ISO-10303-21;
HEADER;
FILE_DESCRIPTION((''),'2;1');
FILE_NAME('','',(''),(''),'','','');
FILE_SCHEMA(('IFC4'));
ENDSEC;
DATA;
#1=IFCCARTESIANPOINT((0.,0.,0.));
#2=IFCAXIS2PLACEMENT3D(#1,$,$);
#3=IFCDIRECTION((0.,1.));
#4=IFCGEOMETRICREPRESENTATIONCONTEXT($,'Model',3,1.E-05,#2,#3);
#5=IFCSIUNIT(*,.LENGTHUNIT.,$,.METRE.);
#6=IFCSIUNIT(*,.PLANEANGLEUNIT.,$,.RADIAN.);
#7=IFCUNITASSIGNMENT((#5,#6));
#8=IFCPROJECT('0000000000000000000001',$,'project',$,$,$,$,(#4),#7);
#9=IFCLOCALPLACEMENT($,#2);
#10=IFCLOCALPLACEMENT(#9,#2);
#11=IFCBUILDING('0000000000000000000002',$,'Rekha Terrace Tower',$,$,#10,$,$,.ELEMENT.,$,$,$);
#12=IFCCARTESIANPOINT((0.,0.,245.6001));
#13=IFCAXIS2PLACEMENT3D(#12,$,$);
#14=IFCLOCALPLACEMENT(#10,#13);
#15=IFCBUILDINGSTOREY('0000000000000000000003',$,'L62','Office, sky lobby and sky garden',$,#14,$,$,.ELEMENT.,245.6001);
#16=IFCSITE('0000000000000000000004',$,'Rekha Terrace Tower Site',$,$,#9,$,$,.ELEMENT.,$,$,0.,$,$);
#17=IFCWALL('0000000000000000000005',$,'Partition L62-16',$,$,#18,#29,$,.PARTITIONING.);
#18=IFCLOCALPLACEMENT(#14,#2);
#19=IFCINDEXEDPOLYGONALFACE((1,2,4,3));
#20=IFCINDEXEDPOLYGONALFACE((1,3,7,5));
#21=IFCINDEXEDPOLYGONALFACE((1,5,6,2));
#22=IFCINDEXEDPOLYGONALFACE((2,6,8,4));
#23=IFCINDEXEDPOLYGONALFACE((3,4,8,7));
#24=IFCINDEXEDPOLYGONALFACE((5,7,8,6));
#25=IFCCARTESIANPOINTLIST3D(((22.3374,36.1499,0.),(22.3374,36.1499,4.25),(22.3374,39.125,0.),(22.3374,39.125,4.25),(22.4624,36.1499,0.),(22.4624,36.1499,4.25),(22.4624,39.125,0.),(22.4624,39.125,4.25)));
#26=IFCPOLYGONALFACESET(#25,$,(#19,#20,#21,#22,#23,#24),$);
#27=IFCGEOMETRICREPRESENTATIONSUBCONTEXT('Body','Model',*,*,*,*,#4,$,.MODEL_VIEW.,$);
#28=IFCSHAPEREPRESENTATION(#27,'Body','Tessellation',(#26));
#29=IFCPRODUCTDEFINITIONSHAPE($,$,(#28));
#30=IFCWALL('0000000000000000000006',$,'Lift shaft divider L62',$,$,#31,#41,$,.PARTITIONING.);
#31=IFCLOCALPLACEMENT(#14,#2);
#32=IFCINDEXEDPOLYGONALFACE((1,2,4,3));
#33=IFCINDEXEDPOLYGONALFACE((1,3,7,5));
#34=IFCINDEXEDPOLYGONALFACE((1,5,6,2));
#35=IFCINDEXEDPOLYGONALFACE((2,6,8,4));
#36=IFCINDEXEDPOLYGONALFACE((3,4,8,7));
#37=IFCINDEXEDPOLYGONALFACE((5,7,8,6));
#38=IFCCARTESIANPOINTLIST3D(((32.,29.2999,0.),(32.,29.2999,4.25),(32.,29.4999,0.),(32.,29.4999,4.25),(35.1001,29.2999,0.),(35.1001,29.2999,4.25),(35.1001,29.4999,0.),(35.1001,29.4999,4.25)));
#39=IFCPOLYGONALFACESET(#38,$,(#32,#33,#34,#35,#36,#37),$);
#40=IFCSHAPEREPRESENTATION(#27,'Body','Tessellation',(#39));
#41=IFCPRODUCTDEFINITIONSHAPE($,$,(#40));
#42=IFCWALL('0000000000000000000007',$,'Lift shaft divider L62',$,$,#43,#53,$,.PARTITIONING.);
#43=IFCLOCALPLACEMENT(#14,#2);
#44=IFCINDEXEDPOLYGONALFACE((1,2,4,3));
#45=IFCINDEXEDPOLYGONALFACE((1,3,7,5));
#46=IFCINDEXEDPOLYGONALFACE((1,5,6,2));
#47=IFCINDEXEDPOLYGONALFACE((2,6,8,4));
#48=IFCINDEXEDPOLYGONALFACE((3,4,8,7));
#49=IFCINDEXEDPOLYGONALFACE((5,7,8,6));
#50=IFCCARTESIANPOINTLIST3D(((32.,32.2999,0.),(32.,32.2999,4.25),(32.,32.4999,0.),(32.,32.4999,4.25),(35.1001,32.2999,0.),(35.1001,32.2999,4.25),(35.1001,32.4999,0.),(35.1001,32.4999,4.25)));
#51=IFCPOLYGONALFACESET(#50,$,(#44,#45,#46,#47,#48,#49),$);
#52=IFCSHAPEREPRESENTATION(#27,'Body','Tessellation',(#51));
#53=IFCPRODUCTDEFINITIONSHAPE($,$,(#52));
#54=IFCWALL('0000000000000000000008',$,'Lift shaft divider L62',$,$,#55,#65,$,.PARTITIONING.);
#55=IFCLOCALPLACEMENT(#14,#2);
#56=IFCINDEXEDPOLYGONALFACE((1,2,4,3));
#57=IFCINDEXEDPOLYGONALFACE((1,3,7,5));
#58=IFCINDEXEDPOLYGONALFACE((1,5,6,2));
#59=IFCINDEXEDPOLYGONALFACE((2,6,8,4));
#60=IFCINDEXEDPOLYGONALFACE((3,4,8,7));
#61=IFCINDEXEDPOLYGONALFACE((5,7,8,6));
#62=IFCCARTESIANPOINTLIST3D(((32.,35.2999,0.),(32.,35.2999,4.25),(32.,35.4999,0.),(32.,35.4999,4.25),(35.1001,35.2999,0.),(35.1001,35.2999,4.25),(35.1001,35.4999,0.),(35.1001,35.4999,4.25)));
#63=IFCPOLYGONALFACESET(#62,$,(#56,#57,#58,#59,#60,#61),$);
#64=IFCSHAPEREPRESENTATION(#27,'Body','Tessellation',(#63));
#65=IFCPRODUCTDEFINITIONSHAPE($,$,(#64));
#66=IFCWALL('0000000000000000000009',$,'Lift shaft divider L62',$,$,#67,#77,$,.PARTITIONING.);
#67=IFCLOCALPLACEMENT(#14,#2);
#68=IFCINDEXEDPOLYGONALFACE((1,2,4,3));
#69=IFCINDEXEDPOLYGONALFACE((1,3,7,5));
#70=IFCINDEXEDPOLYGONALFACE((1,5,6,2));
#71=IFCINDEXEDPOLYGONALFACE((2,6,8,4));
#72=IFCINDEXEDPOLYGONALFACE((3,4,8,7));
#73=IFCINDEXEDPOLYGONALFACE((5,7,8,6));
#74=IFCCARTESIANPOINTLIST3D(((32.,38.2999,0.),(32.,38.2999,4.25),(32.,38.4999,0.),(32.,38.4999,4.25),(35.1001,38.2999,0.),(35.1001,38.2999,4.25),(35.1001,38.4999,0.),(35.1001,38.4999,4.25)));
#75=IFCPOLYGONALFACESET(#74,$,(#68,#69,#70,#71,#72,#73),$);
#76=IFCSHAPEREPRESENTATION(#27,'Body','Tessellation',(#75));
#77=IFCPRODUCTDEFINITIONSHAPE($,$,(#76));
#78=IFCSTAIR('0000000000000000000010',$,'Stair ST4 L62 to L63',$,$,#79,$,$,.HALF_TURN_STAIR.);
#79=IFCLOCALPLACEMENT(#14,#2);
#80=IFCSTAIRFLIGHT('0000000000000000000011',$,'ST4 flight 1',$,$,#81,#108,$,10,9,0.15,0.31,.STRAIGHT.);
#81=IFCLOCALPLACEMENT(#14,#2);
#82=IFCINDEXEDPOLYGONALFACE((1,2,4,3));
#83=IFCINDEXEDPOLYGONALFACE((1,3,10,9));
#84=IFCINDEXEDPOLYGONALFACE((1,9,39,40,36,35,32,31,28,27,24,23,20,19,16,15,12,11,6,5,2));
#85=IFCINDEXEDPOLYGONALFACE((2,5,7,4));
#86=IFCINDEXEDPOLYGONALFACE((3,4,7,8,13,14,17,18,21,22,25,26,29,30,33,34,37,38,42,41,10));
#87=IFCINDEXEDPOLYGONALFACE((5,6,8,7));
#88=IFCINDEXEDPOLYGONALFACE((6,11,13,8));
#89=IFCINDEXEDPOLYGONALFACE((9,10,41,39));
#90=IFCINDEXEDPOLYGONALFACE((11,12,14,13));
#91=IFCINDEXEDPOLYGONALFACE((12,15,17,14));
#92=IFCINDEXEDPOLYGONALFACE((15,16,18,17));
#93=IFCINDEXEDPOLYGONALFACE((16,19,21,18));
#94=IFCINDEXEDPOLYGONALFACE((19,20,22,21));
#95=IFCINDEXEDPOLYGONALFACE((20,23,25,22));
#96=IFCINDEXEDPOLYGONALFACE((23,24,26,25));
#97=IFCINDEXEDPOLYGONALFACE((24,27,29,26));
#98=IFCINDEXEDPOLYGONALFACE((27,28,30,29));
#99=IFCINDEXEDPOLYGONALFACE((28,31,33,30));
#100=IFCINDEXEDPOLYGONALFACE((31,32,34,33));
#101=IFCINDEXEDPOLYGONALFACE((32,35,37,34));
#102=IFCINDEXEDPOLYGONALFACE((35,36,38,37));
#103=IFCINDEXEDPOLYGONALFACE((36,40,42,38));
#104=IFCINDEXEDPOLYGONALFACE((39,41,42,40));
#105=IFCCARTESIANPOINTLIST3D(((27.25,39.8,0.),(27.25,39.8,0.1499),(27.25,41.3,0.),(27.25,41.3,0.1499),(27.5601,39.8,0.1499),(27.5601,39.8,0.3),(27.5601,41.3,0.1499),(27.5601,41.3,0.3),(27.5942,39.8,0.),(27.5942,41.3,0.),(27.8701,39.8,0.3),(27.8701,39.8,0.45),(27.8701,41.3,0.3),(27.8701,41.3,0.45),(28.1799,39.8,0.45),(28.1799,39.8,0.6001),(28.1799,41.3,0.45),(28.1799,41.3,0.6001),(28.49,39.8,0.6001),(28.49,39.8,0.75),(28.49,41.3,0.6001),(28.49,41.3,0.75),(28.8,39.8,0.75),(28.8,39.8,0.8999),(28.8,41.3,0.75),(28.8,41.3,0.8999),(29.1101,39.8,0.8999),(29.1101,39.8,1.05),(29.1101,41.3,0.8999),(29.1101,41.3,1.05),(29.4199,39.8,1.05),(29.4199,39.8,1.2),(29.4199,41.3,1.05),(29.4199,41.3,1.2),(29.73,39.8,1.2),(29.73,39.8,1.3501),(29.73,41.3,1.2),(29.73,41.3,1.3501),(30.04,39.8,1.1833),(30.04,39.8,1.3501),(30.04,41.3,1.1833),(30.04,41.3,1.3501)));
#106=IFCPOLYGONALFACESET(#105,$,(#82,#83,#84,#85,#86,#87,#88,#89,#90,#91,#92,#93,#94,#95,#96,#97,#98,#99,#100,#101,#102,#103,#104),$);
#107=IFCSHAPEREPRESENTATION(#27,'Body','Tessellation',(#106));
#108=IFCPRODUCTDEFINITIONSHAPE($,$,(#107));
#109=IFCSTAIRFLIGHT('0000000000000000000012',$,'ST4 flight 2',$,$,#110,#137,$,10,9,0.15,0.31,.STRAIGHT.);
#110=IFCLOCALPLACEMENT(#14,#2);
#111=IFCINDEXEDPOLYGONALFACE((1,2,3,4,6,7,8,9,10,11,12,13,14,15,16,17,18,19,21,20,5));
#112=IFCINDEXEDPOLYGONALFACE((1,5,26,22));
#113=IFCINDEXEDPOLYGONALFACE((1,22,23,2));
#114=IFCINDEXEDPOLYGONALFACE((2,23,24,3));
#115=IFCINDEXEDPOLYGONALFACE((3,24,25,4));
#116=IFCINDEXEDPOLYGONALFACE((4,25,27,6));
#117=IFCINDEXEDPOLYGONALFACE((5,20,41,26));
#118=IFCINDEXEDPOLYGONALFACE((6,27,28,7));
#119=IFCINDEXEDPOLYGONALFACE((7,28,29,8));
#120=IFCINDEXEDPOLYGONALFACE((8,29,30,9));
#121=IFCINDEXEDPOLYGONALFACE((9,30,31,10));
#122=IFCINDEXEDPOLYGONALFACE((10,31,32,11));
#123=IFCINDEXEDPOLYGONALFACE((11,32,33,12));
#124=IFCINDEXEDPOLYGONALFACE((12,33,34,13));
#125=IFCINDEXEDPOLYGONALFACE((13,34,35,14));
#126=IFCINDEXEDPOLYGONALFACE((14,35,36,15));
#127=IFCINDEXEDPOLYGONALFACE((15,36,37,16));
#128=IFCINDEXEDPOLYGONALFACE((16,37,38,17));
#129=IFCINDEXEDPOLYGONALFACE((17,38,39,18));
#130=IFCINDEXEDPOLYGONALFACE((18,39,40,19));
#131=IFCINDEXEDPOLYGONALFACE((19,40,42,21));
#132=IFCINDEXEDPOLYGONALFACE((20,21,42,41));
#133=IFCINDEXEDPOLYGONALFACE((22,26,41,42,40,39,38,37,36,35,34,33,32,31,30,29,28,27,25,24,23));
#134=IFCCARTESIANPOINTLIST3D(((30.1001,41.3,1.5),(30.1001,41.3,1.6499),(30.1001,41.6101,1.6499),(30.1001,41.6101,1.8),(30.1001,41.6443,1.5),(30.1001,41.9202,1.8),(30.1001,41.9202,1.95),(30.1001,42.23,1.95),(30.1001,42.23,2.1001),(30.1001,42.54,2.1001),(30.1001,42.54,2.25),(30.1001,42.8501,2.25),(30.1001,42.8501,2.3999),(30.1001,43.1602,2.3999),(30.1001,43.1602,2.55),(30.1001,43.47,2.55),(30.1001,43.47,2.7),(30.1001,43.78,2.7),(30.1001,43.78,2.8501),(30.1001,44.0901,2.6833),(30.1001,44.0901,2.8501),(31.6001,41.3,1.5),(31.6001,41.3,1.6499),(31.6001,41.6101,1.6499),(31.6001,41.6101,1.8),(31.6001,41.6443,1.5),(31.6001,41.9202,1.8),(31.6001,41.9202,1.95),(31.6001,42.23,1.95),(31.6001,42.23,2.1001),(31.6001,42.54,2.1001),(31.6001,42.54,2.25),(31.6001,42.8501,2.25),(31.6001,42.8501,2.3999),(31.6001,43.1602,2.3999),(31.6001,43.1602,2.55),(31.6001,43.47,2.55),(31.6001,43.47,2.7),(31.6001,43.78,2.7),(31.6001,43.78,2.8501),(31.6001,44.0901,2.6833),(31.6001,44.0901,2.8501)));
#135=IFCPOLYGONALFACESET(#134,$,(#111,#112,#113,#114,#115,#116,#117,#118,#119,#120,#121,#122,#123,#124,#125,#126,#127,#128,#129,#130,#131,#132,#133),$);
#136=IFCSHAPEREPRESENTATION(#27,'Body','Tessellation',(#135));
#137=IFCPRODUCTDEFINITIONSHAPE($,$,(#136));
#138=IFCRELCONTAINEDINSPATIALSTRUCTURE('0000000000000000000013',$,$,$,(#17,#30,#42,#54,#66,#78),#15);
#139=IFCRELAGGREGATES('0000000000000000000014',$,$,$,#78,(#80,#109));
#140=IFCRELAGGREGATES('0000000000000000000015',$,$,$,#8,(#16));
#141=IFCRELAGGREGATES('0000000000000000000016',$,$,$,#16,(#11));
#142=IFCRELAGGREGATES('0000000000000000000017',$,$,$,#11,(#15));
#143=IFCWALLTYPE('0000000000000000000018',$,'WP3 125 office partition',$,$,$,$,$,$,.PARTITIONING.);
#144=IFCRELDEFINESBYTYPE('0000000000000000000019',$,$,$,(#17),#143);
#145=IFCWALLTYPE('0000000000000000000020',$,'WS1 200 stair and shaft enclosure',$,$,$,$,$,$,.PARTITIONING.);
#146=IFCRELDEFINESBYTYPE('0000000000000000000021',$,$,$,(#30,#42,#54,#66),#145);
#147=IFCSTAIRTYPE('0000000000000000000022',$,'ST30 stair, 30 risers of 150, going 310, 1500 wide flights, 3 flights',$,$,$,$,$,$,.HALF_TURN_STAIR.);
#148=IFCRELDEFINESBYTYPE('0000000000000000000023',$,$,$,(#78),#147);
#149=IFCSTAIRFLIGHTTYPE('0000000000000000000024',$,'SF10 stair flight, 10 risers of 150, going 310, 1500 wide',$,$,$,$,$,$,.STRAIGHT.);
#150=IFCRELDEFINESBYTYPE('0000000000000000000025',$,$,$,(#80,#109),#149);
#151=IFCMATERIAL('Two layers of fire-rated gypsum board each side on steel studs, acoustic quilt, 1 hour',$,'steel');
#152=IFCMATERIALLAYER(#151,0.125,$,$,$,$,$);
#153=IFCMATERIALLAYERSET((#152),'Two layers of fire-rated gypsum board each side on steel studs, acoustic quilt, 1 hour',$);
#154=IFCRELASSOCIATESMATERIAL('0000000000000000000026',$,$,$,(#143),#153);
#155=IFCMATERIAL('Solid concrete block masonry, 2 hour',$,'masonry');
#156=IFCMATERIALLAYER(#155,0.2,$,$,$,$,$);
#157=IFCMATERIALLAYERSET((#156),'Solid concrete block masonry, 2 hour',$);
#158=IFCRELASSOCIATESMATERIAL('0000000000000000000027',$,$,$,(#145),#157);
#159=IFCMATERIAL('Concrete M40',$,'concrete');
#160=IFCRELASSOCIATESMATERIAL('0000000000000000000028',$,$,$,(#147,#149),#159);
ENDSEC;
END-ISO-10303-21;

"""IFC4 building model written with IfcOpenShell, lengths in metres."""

from ifc_helpers import new_model, si_unit, direction, frame, frame_2d, origin, place, context, subcontext, project, spatial, polyline, rectangle, outline, extrude, material, layer, layer_set, type_object, element, aggregate, save


model = new_model("IFC4")

# Units and contexts
model_context = context("Model", 3, precision=1e-05, world=origin(), true_north=direction((0.0, 1.0)))
body_context = subcontext(model_context, "Body", "Model", "MODEL_VIEW")
ifc_project = project(units=[si_unit("LENGTHUNIT", "METRE"), si_unit("PLANEANGLEUNIT", "RADIAN")], contexts=[model_context])

# Site, building, storey
site_placement = place(None, origin())
site = spatial("IfcSite", under=ifc_project, at=site_placement, Name="Rekha Terrace Tower Site", CompositionType="ELEMENT", RefElevation=0.0)
building_placement = place(site_placement, origin())
building = spatial("IfcBuilding", under=site, at=building_placement, Name="Rekha Terrace Tower", CompositionType="ELEMENT")
storey_placement = place(building_placement, frame((0.0, 0.0, 245.6001)))
storey = spatial("IfcBuildingStorey", under=building, at=storey_placement, Name="L62", Description="Office, sky lobby and sky garden", CompositionType="ELEMENT", Elevation=245.6001)

# Shared definitions
ifc_material_1 = material(Name="Two layers of fire-rated gypsum board each side on steel studs, acoustic quilt, 1 hour", Category="steel")
ifc_layer_1 = layer(ifc_material_1, 0.125)
ifc_layer_set_1 = layer_set([ifc_layer_1], Name="Two layers of fire-rated gypsum board each side on steel studs, acoustic quilt, 1 hour")
wall_type_1 = type_object("IfcWallType", Name="WP3 125 office partition", PredefinedType="PARTITIONING", material=ifc_layer_set_1)

# Walls
wall_1_placement = place(storey_placement, frame((22.3999, 39.125, 0.0), z_axis=(0.0, 0.0, 1.0), x_axis=(0.0, -1.0, 0.0)))
element("IfcWall", 1, at=wall_1_placement, inside=storey, type_object=wall_type_1, Name="Partition L62-16", PredefinedType="PARTITIONING", context=body_context, shape_type="SweptSolid", body=[
    extrude(rectangle(XDim=2.9751, YDim=0.125, at=frame_2d((1.4875, 0.0))), origin(), (0.0, 0.0, 1.0), 4.25),
])
ifc_material_2 = material(Name="Solid concrete block masonry, 2 hour", Category="masonry")
ifc_layer_2 = layer(ifc_material_2, 0.2)
ifc_layer_set_2 = layer_set([ifc_layer_2], Name="Solid concrete block masonry, 2 hour")
wall_type_2 = type_object("IfcWallType", Name="WS1 200 stair and shaft enclosure", PredefinedType="PARTITIONING", material=ifc_layer_set_2)
for number, where, z_axis, x_axis, name in (
    (2, (32.0, 29.3999, 0.0), (0.0, 0.0, 1.0), (1.0, 0.0, 0.0), "Lift shaft divider L62"),
    (3, (32.0, 32.3999, 0.0), (0.0, 0.0, 1.0), (1.0, 0.0, 0.0), "Lift shaft divider L62"),
    (4, (32.0, 35.3999, 0.0), (0.0, 0.0, 1.0), (1.0, 0.0, 0.0), "Lift shaft divider L62"),
    (5, (32.0, 38.3999, 0.0), (0.0, 0.0, 1.0), (1.0, 0.0, 0.0), "Lift shaft divider L62"),
):
    element("IfcWall", number, at=place(storey_placement, frame(where, z_axis=z_axis, x_axis=x_axis)), inside=storey, type_object=wall_type_2, Name=name, PredefinedType="PARTITIONING", context=body_context, shape_type="SweptSolid", body=[
        extrude(rectangle(XDim=3.1001, YDim=0.2, at=frame_2d((1.55, 0.0))), origin(), (0.0, 0.0, 1.0), 4.25),
    ])

# Stair, stair flights
ifc_material_3 = material(Name="Concrete M40", Category="concrete")
stair_type = type_object("IfcStairType", Name="ST30 stair, 30 risers of 150, going 310, 1500 wide flights, 3 flights", PredefinedType="HALF_TURN_STAIR", material=ifc_material_3)
stair_placement = place(storey_placement, origin())
stair = element("IfcStair", 6, at=stair_placement, inside=storey, type_object=stair_type, Name="Stair ST4 L62 to L63", PredefinedType="HALF_TURN_STAIR")
stair_flight_type = type_object("IfcStairFlightType", Name="SF10 stair flight, 10 risers of 150, going 310, 1500 wide", PredefinedType="STRAIGHT", material=ifc_material_3)
stair_flight_1_placement = place(storey_placement, frame((27.25, 40.55, 0.0), z_axis=(0.0, 0.0, 1.0), x_axis=(1.0, 0.0, 0.0)))
stair_flight_1 = element("IfcStairFlight", 7, at=stair_flight_1_placement, type_object=stair_flight_type, Name="ST4 flight 1", NumberOfRisers=10, NumberOfTreads=9, PredefinedType="STRAIGHT", RiserHeight=0.15, TreadLength=0.31, context=body_context, shape_type="SweptSolid", body=[
    extrude(outline(polyline([(0.0, 0.0), (0.0, 0.1499), (0.3101, 0.1499), (0.3101, 0.3), (0.6201, 0.3), (0.6201, 0.45), (0.9299, 0.45), (0.9299, 0.6001), (1.24, 0.6001), (1.24, 0.75), (1.55, 0.75), (1.55, 0.8999), (1.8601, 0.8999), (1.8601, 1.05), (2.1699, 1.05), (2.1699, 1.2), (2.48, 1.2), (2.48, 1.3501), (2.79, 1.3501), (2.79, 1.5), (2.79, 1.1833), (0.3442, 0.0), (0.0, 0.0)])), frame((0.0, 0.75, 0.0), z_axis=(0.0, -1.0, 0.0), x_axis=(1.0, 0.0, 0.0)), (0.0, 0.0, 1.0), 1.5),
])
stair_flight_2_placement = place(storey_placement, frame((30.8501, 41.3, 1.5), z_axis=(0.0, 0.0, 1.0), x_axis=(0.0, 1.0, 0.0)))
stair_flight_2 = element("IfcStairFlight", 8, at=stair_flight_2_placement, type_object=stair_flight_type, Name="ST4 flight 2", NumberOfRisers=10, NumberOfTreads=9, PredefinedType="STRAIGHT", RiserHeight=0.15, TreadLength=0.31, context=body_context, shape_type="SweptSolid", body=[
    extrude(outline(polyline([(0.0, 0.0), (0.0, 0.1499), (0.3101, 0.1499), (0.3101, 0.3), (0.6201, 0.3), (0.6201, 0.45), (0.9299, 0.45), (0.9299, 0.6001), (1.24, 0.6001), (1.24, 0.75), (1.55, 0.75), (1.55, 0.8999), (1.8601, 0.8999), (1.8601, 1.05), (2.1699, 1.05), (2.1699, 1.2), (2.48, 1.2), (2.48, 1.3501), (2.79, 1.3501), (2.79, 1.5), (2.79, 1.1833), (0.3442, 0.0), (0.0, 0.0)])), frame((0.0, 0.75, 0.0), z_axis=(0.0, -1.0, 0.0), x_axis=(1.0, 0.0, 0.0)), (0.0, 0.0, 1.0), 1.5),
])
aggregate(stair, [stair_flight_1, stair_flight_2])

save(model, "model.ifc")
